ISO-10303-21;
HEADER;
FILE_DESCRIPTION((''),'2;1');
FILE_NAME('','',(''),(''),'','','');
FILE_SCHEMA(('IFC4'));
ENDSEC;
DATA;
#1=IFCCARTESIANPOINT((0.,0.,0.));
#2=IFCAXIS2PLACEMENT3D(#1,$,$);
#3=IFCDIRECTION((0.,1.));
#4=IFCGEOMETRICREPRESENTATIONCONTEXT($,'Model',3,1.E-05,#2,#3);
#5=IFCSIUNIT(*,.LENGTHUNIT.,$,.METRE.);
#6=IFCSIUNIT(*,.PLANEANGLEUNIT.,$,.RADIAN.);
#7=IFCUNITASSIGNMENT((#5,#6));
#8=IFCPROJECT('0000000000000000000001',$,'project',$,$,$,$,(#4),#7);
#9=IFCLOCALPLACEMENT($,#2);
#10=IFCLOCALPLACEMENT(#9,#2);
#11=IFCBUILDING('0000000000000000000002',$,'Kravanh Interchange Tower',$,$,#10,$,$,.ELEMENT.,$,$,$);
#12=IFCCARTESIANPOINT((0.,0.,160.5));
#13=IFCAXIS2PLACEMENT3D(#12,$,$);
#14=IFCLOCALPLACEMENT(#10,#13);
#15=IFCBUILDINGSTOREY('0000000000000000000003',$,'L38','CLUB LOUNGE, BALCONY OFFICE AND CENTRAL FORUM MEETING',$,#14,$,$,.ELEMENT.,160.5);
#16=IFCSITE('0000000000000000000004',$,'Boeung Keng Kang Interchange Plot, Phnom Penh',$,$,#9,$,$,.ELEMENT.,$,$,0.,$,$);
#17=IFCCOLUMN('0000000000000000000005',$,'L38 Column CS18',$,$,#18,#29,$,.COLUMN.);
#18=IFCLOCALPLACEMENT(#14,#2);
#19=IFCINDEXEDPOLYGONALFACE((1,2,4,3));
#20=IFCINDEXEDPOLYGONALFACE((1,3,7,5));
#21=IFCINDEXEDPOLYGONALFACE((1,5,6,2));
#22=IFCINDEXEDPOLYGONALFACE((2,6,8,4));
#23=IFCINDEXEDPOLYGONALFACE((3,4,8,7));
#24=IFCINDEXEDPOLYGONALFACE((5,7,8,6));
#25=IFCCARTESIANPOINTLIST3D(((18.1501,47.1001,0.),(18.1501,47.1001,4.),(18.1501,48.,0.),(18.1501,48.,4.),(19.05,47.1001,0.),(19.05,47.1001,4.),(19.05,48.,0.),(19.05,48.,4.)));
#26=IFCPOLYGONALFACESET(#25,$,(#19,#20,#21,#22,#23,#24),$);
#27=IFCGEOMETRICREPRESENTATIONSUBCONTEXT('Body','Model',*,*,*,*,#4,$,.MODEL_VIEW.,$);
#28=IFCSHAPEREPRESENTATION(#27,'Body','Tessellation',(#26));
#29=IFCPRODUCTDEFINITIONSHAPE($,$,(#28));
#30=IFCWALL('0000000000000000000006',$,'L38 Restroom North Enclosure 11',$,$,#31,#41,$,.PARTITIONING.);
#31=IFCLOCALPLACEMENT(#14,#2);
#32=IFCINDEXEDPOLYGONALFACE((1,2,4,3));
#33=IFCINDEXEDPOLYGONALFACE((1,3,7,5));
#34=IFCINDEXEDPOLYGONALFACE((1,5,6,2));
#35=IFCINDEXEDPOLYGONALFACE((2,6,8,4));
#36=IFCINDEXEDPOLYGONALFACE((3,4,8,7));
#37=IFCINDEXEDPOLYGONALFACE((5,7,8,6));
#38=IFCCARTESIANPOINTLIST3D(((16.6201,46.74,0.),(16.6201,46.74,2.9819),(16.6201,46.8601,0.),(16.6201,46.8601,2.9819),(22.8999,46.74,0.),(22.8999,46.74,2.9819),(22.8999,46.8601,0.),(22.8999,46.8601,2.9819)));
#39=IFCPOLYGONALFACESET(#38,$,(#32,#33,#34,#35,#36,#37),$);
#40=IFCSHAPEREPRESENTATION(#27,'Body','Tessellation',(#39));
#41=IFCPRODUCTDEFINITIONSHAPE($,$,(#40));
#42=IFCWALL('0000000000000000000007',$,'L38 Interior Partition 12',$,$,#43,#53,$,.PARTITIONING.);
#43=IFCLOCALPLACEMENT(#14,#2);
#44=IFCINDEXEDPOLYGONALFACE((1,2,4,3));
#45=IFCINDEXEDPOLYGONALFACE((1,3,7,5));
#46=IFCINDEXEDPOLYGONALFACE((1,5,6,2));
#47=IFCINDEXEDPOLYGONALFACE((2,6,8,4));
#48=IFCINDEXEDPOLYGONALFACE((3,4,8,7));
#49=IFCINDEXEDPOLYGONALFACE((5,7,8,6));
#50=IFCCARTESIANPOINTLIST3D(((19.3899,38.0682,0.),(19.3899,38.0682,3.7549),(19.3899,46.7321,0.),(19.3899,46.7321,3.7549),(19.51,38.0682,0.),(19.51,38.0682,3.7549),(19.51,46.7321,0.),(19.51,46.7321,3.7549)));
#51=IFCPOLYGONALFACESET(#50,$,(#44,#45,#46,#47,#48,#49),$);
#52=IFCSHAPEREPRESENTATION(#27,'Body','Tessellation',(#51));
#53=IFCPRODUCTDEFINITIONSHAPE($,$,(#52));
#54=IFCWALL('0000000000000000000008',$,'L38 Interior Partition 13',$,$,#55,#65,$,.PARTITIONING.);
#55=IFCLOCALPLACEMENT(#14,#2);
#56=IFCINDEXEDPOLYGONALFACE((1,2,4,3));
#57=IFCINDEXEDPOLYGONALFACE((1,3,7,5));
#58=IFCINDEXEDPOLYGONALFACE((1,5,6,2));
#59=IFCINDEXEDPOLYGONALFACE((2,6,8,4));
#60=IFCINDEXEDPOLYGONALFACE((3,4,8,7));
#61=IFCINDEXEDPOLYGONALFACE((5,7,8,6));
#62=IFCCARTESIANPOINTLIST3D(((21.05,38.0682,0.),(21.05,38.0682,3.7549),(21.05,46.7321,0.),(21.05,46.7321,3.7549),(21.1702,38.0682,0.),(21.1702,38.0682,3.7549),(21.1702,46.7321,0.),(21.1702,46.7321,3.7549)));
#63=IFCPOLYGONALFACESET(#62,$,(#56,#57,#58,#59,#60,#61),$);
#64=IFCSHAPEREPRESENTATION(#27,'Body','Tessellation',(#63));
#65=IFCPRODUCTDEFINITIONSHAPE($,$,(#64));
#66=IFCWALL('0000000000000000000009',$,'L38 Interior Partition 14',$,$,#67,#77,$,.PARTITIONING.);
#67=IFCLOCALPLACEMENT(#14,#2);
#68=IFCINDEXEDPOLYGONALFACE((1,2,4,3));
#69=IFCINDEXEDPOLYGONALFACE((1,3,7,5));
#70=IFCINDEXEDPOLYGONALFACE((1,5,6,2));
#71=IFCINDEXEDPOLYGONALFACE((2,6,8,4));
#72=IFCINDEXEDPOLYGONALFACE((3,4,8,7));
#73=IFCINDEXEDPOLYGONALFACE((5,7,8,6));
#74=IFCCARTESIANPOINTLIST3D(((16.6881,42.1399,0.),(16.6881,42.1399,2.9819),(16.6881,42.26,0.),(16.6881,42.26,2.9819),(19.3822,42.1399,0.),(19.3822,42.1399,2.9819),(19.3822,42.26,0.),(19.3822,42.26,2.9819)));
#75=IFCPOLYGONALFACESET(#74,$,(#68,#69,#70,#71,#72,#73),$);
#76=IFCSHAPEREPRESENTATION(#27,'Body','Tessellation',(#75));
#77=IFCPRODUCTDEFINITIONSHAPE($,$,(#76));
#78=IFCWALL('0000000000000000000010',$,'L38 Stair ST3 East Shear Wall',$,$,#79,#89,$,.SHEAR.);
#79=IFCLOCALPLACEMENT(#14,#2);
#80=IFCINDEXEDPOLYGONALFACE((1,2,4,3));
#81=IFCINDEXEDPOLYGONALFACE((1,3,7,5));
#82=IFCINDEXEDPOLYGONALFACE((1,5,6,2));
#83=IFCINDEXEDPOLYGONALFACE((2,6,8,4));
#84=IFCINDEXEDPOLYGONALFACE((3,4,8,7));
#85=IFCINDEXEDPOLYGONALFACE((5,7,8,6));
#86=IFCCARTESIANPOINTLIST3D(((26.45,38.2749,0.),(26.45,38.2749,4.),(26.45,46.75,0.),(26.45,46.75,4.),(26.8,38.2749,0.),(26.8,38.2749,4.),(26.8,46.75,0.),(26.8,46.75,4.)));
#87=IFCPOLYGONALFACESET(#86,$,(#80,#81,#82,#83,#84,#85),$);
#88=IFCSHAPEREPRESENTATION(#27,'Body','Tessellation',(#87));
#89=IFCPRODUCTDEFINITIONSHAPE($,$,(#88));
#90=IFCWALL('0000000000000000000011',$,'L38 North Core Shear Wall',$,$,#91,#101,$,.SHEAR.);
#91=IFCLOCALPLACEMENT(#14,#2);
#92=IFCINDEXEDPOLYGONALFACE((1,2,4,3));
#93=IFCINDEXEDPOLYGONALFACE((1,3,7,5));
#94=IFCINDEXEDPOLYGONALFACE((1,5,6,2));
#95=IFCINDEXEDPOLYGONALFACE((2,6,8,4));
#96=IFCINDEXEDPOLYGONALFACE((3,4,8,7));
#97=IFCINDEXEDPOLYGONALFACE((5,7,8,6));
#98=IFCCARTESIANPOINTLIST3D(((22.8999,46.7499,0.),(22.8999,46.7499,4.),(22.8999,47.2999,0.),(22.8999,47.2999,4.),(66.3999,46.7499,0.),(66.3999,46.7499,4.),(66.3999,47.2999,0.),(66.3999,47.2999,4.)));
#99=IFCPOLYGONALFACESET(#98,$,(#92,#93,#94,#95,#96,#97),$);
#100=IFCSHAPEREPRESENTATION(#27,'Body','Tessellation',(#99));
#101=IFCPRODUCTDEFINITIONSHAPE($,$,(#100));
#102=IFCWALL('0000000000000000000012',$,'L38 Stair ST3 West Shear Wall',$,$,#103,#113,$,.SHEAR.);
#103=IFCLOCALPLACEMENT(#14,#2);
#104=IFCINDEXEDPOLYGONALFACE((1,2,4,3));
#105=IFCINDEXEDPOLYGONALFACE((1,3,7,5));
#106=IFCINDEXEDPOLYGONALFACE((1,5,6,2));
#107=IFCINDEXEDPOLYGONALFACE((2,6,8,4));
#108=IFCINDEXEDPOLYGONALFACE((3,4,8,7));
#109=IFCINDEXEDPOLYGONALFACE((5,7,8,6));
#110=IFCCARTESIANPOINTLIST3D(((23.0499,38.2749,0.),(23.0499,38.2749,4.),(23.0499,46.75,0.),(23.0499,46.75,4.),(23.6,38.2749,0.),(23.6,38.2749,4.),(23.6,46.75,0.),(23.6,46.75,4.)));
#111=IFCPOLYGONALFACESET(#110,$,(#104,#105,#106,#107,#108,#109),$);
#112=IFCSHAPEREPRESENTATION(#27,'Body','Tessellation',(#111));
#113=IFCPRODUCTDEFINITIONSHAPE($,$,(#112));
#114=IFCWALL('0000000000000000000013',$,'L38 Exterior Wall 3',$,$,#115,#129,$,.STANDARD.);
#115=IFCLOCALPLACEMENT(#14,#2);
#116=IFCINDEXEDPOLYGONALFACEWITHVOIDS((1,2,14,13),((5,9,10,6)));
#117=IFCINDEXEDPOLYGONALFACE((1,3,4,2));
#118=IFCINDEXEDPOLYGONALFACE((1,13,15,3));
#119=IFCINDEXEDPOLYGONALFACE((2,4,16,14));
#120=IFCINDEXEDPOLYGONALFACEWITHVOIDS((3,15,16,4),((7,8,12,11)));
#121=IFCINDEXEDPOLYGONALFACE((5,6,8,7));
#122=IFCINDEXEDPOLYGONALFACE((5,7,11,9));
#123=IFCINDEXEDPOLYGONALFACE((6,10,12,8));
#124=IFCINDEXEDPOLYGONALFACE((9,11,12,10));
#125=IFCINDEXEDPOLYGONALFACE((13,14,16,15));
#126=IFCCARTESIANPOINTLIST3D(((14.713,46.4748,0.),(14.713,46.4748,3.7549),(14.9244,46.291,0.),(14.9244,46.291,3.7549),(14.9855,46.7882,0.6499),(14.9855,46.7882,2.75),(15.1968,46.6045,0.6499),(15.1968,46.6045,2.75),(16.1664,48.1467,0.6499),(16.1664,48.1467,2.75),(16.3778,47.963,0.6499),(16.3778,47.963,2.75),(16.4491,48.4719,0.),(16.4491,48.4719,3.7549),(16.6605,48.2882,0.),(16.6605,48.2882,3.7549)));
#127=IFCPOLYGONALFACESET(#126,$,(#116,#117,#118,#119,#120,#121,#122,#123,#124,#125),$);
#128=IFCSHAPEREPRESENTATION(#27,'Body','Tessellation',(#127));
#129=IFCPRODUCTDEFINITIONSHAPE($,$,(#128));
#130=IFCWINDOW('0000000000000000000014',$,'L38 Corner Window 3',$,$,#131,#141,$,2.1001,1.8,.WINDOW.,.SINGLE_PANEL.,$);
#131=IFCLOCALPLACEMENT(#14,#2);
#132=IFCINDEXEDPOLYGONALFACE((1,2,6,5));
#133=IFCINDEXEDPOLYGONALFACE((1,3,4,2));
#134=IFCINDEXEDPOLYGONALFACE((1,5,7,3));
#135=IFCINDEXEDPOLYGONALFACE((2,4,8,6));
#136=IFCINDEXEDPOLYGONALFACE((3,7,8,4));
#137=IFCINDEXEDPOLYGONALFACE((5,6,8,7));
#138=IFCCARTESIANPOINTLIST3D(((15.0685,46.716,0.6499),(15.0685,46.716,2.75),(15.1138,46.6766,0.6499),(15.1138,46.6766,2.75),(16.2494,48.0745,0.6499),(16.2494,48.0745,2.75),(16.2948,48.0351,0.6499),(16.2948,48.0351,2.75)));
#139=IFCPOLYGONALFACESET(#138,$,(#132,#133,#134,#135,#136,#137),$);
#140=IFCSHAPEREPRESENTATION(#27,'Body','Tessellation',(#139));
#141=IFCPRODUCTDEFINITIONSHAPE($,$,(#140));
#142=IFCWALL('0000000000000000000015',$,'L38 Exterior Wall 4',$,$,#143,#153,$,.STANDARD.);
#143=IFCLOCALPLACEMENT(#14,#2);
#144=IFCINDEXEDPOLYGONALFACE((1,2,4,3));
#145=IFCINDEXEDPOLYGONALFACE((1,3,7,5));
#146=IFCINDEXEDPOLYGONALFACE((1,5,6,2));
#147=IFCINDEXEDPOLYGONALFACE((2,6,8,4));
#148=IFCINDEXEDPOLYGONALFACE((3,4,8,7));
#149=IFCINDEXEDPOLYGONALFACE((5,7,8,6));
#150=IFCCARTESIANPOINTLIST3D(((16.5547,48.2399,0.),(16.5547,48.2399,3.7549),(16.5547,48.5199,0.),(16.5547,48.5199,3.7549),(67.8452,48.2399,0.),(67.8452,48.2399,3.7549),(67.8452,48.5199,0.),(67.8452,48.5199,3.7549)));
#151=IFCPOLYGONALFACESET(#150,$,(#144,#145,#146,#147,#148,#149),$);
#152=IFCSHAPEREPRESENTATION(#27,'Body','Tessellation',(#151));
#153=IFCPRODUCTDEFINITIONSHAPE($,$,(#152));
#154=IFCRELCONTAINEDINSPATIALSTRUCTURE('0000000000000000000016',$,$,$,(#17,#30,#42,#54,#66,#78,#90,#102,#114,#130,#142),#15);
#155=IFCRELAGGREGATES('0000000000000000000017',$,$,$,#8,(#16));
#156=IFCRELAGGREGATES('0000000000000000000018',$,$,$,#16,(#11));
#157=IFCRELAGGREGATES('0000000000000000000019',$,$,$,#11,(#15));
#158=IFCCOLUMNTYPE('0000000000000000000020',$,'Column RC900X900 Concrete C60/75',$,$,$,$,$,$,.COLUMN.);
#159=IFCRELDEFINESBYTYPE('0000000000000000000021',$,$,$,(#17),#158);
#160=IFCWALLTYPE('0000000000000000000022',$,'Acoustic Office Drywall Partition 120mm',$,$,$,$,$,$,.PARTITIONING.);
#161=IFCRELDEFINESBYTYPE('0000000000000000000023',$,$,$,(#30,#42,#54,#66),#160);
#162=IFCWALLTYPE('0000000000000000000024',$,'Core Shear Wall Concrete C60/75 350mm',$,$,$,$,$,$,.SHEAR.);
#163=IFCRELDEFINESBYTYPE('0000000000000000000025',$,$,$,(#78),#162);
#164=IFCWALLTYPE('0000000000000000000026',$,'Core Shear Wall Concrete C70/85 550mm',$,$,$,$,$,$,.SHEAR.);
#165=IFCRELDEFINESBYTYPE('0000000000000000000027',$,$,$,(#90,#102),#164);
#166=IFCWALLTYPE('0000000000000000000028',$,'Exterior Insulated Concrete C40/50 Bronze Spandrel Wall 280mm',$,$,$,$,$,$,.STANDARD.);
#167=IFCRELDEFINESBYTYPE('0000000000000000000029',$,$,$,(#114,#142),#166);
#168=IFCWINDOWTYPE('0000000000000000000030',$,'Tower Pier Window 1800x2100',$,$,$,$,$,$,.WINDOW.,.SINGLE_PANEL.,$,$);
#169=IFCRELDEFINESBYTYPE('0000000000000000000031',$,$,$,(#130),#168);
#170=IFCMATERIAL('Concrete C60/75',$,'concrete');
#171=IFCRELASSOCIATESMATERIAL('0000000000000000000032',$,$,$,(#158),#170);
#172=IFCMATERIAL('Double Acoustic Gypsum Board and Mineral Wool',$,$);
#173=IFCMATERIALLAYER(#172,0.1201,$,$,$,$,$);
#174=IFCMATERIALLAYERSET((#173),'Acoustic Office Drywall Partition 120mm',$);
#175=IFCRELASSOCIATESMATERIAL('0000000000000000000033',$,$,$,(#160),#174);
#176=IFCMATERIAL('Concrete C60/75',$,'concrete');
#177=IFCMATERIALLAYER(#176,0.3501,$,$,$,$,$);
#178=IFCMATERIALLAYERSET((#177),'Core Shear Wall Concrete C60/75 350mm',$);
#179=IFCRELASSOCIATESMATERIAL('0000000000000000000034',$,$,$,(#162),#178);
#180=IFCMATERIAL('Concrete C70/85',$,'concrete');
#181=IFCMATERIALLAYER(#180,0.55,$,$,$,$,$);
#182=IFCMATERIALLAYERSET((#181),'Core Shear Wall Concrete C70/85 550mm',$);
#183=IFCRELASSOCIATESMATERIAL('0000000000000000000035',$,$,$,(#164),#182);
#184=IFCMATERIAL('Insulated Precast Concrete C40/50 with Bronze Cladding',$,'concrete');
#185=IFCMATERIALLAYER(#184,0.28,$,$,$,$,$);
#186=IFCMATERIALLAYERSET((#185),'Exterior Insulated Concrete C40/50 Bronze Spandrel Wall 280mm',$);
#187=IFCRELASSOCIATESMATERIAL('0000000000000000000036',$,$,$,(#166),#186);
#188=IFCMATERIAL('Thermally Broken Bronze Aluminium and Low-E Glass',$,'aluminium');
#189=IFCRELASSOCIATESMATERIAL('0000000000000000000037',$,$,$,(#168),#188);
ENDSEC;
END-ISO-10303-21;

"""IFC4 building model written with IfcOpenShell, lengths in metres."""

from ifc_helpers import new_model, si_unit, direction, frame, frame_2d, origin, origin_2d, place, context, subcontext, project, spatial, rectangle, extrude, material, layer, layer_set, material_profile, profile_set, type_object, element, fill, save


model = new_model("IFC4")

# Units and contexts
model_context = context("Model", 3, precision=1e-05, world=origin(), true_north=direction((0.0, 1.0)))
body_context = subcontext(model_context, "Body", "Model", "MODEL_VIEW")
ifc_project = project(units=[si_unit("LENGTHUNIT", "METRE"), si_unit("PLANEANGLEUNIT", "RADIAN")], contexts=[model_context])

# Site, building, storey
site_placement = place(None, origin())
site = spatial("IfcSite", under=ifc_project, at=site_placement, Name="Boeung Keng Kang Interchange Plot, Phnom Penh", CompositionType="ELEMENT", RefElevation=0.0)
building_placement = place(site_placement, origin())
building = spatial("IfcBuilding", under=site, at=building_placement, Name="Kravanh Interchange Tower", CompositionType="ELEMENT")
storey_placement = place(building_placement, frame((0.0, 0.0, 160.5)))
storey = spatial("IfcBuildingStorey", under=building, at=storey_placement, Name="L38", Description="CLUB LOUNGE, BALCONY OFFICE AND CENTRAL FORUM MEETING", CompositionType="ELEMENT", Elevation=160.5)

# Column
ifc_material_1 = material(Name="Concrete C60/75", Category="concrete")
ifc_material_profile = material_profile(ifc_material_1, rectangle(XDim=0.8999, YDim=0.8999, at=origin_2d()), Name="RC900X900")
ifc_profile_set = profile_set([ifc_material_profile], Name="Concrete C60/75")
column_type = type_object("IfcColumnType", Name="Column RC900X900 Concrete C60/75", PredefinedType="COLUMN", material=ifc_profile_set)
column_placement = place(storey_placement, frame((18.6001, 47.55, 0.0), z_axis=(0.0, 0.0, 1.0), x_axis=(1.0, 0.0, 0.0)))
element("IfcColumn", 1, at=column_placement, inside=storey, type_object=column_type, Name="L38 Column CS18", PredefinedType="COLUMN", context=body_context, shape_type="SweptSolid", body=[
    extrude(rectangle(XDim=0.8999, YDim=0.8999, at=origin_2d()), origin(), (0.0, 0.0, 1.0), 4.0),
])

# Walls
ifc_material_2 = material(Name="Double Acoustic Gypsum Board and Mineral Wool")
ifc_layer_1 = layer(ifc_material_2, 0.1201)
ifc_layer_set_1 = layer_set([ifc_layer_1], Name="Acoustic Office Drywall Partition 120mm")
wall_type_1 = type_object("IfcWallType", Name="Acoustic Office Drywall Partition 120mm", PredefinedType="PARTITIONING", material=ifc_layer_set_1)
wall_1_placement = place(storey_placement, frame((16.6201, 46.8, 0.0), z_axis=(0.0, 0.0, 1.0), x_axis=(1.0, 0.0, 0.0)))
element("IfcWall", 2, at=wall_1_placement, inside=storey, type_object=wall_type_1, Name="L38 Restroom North Enclosure 11", PredefinedType="PARTITIONING", context=body_context, shape_type="SweptSolid", body=[
    extrude(rectangle(XDim=6.2798, YDim=0.1201, at=frame_2d((3.1399, 0.0))), origin(), (0.0, 0.0, 1.0), 2.9819),
])
for number, where, z_axis, x_axis, name in (
    (3, (19.45, 38.0681, 0.0), (0.0, 0.0, 1.0), (0.0, 1.0, 0.0), "L38 Interior Partition 12"),
    (4, (21.1101, 38.0681, 0.0), (0.0, 0.0, 1.0), (0.0, 1.0, 0.0), "L38 Interior Partition 13"),
):
    element("IfcWall", number, at=place(storey_placement, frame(where, z_axis=z_axis, x_axis=x_axis)), inside=storey, type_object=wall_type_1, Name=name, PredefinedType="PARTITIONING", context=body_context, shape_type="SweptSolid", body=[
        extrude(rectangle(XDim=8.6638, YDim=0.1201, at=frame_2d((4.332, 0.0))), origin(), (0.0, 0.0, 1.0), 3.7549),
    ])
wall_2_placement = place(storey_placement, frame((16.688, 42.2, 0.0), z_axis=(0.0, 0.0, 1.0), x_axis=(1.0, 0.0, 0.0)))
element("IfcWall", 5, at=wall_2_placement, inside=storey, type_object=wall_type_1, Name="L38 Interior Partition 14", PredefinedType="PARTITIONING", context=body_context, shape_type="SweptSolid", body=[
    extrude(rectangle(XDim=2.6941, YDim=0.1201, at=frame_2d((1.3472, 0.0))), origin(), (0.0, 0.0, 1.0), 2.9819),
])
ifc_material_3 = material(Name="Concrete C60/75", Category="concrete")
ifc_layer_2 = layer(ifc_material_3, 0.3501)
ifc_layer_set_2 = layer_set([ifc_layer_2], Name="Core Shear Wall Concrete C60/75 350mm")
wall_type_2 = type_object("IfcWallType", Name="Core Shear Wall Concrete C60/75 350mm", PredefinedType="SHEAR", material=ifc_layer_set_2)
wall_3_placement = place(storey_placement, frame((26.625, 38.2749, 0.0), z_axis=(0.0, 0.0, 1.0), x_axis=(0.0, 1.0, 0.0)))
element("IfcWall", 6, at=wall_3_placement, inside=storey, type_object=wall_type_2, Name="L38 Stair ST3 East Shear Wall", PredefinedType="SHEAR", context=body_context, shape_type="SweptSolid", body=[
    extrude(rectangle(XDim=8.4751, YDim=0.3501, at=frame_2d((4.2375, 0.0))), origin(), (0.0, 0.0, 1.0), 4.0),
])
ifc_material_4 = material(Name="Concrete C70/85", Category="concrete")
ifc_layer_3 = layer(ifc_material_4, 0.55)
ifc_layer_set_3 = layer_set([ifc_layer_3], Name="Core Shear Wall Concrete C70/85 550mm")
wall_type_3 = type_object("IfcWallType", Name="Core Shear Wall Concrete C70/85 550mm", PredefinedType="SHEAR", material=ifc_layer_set_3)
wall_4_placement = place(storey_placement, frame((22.8999, 47.0249, 0.0), z_axis=(0.0, 0.0, 1.0), x_axis=(1.0, 0.0, 0.0)))
element("IfcWall", 7, at=wall_4_placement, inside=storey, type_object=wall_type_3, Name="L38 North Core Shear Wall", PredefinedType="SHEAR", context=body_context, shape_type="SweptSolid", body=[
    extrude(rectangle(XDim=43.5, YDim=0.55, at=frame_2d((21.75, 0.0))), origin(), (0.0, 0.0, 1.0), 4.0),
])
wall_5_placement = place(storey_placement, frame((23.325, 38.2749, 0.0), z_axis=(0.0, 0.0, 1.0), x_axis=(0.0, 1.0, 0.0)))
element("IfcWall", 8, at=wall_5_placement, inside=storey, type_object=wall_type_3, Name="L38 Stair ST3 West Shear Wall", PredefinedType="SHEAR", context=body_context, shape_type="SweptSolid", body=[
    extrude(rectangle(XDim=8.4751, YDim=0.55, at=frame_2d((4.2375, 0.0))), origin(), (0.0, 0.0, 1.0), 4.0),
])

# Wall, opening, window
ifc_material_5 = material(Name="Insulated Precast Concrete C40/50 with Bronze Cladding", Category="concrete")
ifc_layer_4 = layer(ifc_material_5, 0.28)
ifc_layer_set_4 = layer_set([ifc_layer_4], Name="Exterior Insulated Concrete C40/50 Bronze Spandrel Wall 280mm")
wall_type_4 = type_object("IfcWallType", Name="Exterior Insulated Concrete C40/50 Bronze Spandrel Wall 280mm", PredefinedType="STANDARD", material=ifc_layer_set_4)
wall_6_placement = place(storey_placement, frame((14.8186, 46.3828, 0.0), z_axis=(0.0, 0.0, 1.0), x_axis=(0.656071, 0.754699, 0.0)))
wall_6 = element("IfcWall", 9, at=wall_6_placement, inside=storey, type_object=wall_type_4, Name="L38 Exterior Wall 3", PredefinedType="STANDARD", context=body_context, shape_type="SweptSolid", body=[
    extrude(rectangle(XDim=2.6462, YDim=0.28, at=frame_2d((1.3232, 0.0))), origin(), (0.0, 0.0, 1.0), 3.7549),
])
opening_1_placement = place(wall_6_placement, frame((0.4155, 0.0, 0.6499)))
opening_1 = element("IfcOpeningElement", 10, at=opening_1_placement, cuts=wall_6, PredefinedType="OPENING", context=body_context, shape_type="SweptSolid", body=[
    extrude(rectangle(XDim=1.8, YDim=2.1001, at=frame_2d((0.8999, 1.05))), frame((0.0, 0.1499, 0.0), z_axis=(0.0, -1.0, 0.0), x_axis=(1.0, 0.0, 0.0)), (0.0, 0.0, 1.0), 0.3),
])
ifc_material_6 = material(Name="Thermally Broken Bronze Aluminium and Low-E Glass", Category="aluminium")
window_type = type_object("IfcWindowType", Name="Tower Pier Window 1800x2100", PartitioningType="SINGLE_PANEL", PredefinedType="WINDOW", material=ifc_material_6)
window_placement = place(opening_1_placement, origin())
window = element("IfcWindow", 11, at=window_placement, inside=storey, type_object=window_type, Name="L38 Corner Window 3", OverallHeight=2.1001, OverallWidth=1.8, PartitioningType="SINGLE_PANEL", PredefinedType="WINDOW", context=body_context, shape_type="SweptSolid", body=[
    extrude(rectangle(XDim=1.8, YDim=2.1001, at=frame_2d((0.8999, 1.05))), frame((0.0, 0.03, 0.0), z_axis=(0.0, -1.0, 0.0), x_axis=(1.0, 0.0, 0.0)), (0.0, 0.0, 1.0), 0.0601),
])
fill(opening_1, window)

# Wall
wall_7_placement = place(storey_placement, frame((16.5547, 48.3799, 0.0), z_axis=(0.0, 0.0, 1.0), x_axis=(1.0, 0.0, 0.0)))
element("IfcWall", 12, at=wall_7_placement, inside=storey, type_object=wall_type_4, Name="L38 Exterior Wall 4", PredefinedType="STANDARD", context=body_context, shape_type="SweptSolid", body=[
    extrude(rectangle(XDim=51.2905, YDim=0.28, at=frame_2d((25.6453, 0.0))), origin(), (0.0, 0.0, 1.0), 3.7549),
])

save(model, "model.ifc")
